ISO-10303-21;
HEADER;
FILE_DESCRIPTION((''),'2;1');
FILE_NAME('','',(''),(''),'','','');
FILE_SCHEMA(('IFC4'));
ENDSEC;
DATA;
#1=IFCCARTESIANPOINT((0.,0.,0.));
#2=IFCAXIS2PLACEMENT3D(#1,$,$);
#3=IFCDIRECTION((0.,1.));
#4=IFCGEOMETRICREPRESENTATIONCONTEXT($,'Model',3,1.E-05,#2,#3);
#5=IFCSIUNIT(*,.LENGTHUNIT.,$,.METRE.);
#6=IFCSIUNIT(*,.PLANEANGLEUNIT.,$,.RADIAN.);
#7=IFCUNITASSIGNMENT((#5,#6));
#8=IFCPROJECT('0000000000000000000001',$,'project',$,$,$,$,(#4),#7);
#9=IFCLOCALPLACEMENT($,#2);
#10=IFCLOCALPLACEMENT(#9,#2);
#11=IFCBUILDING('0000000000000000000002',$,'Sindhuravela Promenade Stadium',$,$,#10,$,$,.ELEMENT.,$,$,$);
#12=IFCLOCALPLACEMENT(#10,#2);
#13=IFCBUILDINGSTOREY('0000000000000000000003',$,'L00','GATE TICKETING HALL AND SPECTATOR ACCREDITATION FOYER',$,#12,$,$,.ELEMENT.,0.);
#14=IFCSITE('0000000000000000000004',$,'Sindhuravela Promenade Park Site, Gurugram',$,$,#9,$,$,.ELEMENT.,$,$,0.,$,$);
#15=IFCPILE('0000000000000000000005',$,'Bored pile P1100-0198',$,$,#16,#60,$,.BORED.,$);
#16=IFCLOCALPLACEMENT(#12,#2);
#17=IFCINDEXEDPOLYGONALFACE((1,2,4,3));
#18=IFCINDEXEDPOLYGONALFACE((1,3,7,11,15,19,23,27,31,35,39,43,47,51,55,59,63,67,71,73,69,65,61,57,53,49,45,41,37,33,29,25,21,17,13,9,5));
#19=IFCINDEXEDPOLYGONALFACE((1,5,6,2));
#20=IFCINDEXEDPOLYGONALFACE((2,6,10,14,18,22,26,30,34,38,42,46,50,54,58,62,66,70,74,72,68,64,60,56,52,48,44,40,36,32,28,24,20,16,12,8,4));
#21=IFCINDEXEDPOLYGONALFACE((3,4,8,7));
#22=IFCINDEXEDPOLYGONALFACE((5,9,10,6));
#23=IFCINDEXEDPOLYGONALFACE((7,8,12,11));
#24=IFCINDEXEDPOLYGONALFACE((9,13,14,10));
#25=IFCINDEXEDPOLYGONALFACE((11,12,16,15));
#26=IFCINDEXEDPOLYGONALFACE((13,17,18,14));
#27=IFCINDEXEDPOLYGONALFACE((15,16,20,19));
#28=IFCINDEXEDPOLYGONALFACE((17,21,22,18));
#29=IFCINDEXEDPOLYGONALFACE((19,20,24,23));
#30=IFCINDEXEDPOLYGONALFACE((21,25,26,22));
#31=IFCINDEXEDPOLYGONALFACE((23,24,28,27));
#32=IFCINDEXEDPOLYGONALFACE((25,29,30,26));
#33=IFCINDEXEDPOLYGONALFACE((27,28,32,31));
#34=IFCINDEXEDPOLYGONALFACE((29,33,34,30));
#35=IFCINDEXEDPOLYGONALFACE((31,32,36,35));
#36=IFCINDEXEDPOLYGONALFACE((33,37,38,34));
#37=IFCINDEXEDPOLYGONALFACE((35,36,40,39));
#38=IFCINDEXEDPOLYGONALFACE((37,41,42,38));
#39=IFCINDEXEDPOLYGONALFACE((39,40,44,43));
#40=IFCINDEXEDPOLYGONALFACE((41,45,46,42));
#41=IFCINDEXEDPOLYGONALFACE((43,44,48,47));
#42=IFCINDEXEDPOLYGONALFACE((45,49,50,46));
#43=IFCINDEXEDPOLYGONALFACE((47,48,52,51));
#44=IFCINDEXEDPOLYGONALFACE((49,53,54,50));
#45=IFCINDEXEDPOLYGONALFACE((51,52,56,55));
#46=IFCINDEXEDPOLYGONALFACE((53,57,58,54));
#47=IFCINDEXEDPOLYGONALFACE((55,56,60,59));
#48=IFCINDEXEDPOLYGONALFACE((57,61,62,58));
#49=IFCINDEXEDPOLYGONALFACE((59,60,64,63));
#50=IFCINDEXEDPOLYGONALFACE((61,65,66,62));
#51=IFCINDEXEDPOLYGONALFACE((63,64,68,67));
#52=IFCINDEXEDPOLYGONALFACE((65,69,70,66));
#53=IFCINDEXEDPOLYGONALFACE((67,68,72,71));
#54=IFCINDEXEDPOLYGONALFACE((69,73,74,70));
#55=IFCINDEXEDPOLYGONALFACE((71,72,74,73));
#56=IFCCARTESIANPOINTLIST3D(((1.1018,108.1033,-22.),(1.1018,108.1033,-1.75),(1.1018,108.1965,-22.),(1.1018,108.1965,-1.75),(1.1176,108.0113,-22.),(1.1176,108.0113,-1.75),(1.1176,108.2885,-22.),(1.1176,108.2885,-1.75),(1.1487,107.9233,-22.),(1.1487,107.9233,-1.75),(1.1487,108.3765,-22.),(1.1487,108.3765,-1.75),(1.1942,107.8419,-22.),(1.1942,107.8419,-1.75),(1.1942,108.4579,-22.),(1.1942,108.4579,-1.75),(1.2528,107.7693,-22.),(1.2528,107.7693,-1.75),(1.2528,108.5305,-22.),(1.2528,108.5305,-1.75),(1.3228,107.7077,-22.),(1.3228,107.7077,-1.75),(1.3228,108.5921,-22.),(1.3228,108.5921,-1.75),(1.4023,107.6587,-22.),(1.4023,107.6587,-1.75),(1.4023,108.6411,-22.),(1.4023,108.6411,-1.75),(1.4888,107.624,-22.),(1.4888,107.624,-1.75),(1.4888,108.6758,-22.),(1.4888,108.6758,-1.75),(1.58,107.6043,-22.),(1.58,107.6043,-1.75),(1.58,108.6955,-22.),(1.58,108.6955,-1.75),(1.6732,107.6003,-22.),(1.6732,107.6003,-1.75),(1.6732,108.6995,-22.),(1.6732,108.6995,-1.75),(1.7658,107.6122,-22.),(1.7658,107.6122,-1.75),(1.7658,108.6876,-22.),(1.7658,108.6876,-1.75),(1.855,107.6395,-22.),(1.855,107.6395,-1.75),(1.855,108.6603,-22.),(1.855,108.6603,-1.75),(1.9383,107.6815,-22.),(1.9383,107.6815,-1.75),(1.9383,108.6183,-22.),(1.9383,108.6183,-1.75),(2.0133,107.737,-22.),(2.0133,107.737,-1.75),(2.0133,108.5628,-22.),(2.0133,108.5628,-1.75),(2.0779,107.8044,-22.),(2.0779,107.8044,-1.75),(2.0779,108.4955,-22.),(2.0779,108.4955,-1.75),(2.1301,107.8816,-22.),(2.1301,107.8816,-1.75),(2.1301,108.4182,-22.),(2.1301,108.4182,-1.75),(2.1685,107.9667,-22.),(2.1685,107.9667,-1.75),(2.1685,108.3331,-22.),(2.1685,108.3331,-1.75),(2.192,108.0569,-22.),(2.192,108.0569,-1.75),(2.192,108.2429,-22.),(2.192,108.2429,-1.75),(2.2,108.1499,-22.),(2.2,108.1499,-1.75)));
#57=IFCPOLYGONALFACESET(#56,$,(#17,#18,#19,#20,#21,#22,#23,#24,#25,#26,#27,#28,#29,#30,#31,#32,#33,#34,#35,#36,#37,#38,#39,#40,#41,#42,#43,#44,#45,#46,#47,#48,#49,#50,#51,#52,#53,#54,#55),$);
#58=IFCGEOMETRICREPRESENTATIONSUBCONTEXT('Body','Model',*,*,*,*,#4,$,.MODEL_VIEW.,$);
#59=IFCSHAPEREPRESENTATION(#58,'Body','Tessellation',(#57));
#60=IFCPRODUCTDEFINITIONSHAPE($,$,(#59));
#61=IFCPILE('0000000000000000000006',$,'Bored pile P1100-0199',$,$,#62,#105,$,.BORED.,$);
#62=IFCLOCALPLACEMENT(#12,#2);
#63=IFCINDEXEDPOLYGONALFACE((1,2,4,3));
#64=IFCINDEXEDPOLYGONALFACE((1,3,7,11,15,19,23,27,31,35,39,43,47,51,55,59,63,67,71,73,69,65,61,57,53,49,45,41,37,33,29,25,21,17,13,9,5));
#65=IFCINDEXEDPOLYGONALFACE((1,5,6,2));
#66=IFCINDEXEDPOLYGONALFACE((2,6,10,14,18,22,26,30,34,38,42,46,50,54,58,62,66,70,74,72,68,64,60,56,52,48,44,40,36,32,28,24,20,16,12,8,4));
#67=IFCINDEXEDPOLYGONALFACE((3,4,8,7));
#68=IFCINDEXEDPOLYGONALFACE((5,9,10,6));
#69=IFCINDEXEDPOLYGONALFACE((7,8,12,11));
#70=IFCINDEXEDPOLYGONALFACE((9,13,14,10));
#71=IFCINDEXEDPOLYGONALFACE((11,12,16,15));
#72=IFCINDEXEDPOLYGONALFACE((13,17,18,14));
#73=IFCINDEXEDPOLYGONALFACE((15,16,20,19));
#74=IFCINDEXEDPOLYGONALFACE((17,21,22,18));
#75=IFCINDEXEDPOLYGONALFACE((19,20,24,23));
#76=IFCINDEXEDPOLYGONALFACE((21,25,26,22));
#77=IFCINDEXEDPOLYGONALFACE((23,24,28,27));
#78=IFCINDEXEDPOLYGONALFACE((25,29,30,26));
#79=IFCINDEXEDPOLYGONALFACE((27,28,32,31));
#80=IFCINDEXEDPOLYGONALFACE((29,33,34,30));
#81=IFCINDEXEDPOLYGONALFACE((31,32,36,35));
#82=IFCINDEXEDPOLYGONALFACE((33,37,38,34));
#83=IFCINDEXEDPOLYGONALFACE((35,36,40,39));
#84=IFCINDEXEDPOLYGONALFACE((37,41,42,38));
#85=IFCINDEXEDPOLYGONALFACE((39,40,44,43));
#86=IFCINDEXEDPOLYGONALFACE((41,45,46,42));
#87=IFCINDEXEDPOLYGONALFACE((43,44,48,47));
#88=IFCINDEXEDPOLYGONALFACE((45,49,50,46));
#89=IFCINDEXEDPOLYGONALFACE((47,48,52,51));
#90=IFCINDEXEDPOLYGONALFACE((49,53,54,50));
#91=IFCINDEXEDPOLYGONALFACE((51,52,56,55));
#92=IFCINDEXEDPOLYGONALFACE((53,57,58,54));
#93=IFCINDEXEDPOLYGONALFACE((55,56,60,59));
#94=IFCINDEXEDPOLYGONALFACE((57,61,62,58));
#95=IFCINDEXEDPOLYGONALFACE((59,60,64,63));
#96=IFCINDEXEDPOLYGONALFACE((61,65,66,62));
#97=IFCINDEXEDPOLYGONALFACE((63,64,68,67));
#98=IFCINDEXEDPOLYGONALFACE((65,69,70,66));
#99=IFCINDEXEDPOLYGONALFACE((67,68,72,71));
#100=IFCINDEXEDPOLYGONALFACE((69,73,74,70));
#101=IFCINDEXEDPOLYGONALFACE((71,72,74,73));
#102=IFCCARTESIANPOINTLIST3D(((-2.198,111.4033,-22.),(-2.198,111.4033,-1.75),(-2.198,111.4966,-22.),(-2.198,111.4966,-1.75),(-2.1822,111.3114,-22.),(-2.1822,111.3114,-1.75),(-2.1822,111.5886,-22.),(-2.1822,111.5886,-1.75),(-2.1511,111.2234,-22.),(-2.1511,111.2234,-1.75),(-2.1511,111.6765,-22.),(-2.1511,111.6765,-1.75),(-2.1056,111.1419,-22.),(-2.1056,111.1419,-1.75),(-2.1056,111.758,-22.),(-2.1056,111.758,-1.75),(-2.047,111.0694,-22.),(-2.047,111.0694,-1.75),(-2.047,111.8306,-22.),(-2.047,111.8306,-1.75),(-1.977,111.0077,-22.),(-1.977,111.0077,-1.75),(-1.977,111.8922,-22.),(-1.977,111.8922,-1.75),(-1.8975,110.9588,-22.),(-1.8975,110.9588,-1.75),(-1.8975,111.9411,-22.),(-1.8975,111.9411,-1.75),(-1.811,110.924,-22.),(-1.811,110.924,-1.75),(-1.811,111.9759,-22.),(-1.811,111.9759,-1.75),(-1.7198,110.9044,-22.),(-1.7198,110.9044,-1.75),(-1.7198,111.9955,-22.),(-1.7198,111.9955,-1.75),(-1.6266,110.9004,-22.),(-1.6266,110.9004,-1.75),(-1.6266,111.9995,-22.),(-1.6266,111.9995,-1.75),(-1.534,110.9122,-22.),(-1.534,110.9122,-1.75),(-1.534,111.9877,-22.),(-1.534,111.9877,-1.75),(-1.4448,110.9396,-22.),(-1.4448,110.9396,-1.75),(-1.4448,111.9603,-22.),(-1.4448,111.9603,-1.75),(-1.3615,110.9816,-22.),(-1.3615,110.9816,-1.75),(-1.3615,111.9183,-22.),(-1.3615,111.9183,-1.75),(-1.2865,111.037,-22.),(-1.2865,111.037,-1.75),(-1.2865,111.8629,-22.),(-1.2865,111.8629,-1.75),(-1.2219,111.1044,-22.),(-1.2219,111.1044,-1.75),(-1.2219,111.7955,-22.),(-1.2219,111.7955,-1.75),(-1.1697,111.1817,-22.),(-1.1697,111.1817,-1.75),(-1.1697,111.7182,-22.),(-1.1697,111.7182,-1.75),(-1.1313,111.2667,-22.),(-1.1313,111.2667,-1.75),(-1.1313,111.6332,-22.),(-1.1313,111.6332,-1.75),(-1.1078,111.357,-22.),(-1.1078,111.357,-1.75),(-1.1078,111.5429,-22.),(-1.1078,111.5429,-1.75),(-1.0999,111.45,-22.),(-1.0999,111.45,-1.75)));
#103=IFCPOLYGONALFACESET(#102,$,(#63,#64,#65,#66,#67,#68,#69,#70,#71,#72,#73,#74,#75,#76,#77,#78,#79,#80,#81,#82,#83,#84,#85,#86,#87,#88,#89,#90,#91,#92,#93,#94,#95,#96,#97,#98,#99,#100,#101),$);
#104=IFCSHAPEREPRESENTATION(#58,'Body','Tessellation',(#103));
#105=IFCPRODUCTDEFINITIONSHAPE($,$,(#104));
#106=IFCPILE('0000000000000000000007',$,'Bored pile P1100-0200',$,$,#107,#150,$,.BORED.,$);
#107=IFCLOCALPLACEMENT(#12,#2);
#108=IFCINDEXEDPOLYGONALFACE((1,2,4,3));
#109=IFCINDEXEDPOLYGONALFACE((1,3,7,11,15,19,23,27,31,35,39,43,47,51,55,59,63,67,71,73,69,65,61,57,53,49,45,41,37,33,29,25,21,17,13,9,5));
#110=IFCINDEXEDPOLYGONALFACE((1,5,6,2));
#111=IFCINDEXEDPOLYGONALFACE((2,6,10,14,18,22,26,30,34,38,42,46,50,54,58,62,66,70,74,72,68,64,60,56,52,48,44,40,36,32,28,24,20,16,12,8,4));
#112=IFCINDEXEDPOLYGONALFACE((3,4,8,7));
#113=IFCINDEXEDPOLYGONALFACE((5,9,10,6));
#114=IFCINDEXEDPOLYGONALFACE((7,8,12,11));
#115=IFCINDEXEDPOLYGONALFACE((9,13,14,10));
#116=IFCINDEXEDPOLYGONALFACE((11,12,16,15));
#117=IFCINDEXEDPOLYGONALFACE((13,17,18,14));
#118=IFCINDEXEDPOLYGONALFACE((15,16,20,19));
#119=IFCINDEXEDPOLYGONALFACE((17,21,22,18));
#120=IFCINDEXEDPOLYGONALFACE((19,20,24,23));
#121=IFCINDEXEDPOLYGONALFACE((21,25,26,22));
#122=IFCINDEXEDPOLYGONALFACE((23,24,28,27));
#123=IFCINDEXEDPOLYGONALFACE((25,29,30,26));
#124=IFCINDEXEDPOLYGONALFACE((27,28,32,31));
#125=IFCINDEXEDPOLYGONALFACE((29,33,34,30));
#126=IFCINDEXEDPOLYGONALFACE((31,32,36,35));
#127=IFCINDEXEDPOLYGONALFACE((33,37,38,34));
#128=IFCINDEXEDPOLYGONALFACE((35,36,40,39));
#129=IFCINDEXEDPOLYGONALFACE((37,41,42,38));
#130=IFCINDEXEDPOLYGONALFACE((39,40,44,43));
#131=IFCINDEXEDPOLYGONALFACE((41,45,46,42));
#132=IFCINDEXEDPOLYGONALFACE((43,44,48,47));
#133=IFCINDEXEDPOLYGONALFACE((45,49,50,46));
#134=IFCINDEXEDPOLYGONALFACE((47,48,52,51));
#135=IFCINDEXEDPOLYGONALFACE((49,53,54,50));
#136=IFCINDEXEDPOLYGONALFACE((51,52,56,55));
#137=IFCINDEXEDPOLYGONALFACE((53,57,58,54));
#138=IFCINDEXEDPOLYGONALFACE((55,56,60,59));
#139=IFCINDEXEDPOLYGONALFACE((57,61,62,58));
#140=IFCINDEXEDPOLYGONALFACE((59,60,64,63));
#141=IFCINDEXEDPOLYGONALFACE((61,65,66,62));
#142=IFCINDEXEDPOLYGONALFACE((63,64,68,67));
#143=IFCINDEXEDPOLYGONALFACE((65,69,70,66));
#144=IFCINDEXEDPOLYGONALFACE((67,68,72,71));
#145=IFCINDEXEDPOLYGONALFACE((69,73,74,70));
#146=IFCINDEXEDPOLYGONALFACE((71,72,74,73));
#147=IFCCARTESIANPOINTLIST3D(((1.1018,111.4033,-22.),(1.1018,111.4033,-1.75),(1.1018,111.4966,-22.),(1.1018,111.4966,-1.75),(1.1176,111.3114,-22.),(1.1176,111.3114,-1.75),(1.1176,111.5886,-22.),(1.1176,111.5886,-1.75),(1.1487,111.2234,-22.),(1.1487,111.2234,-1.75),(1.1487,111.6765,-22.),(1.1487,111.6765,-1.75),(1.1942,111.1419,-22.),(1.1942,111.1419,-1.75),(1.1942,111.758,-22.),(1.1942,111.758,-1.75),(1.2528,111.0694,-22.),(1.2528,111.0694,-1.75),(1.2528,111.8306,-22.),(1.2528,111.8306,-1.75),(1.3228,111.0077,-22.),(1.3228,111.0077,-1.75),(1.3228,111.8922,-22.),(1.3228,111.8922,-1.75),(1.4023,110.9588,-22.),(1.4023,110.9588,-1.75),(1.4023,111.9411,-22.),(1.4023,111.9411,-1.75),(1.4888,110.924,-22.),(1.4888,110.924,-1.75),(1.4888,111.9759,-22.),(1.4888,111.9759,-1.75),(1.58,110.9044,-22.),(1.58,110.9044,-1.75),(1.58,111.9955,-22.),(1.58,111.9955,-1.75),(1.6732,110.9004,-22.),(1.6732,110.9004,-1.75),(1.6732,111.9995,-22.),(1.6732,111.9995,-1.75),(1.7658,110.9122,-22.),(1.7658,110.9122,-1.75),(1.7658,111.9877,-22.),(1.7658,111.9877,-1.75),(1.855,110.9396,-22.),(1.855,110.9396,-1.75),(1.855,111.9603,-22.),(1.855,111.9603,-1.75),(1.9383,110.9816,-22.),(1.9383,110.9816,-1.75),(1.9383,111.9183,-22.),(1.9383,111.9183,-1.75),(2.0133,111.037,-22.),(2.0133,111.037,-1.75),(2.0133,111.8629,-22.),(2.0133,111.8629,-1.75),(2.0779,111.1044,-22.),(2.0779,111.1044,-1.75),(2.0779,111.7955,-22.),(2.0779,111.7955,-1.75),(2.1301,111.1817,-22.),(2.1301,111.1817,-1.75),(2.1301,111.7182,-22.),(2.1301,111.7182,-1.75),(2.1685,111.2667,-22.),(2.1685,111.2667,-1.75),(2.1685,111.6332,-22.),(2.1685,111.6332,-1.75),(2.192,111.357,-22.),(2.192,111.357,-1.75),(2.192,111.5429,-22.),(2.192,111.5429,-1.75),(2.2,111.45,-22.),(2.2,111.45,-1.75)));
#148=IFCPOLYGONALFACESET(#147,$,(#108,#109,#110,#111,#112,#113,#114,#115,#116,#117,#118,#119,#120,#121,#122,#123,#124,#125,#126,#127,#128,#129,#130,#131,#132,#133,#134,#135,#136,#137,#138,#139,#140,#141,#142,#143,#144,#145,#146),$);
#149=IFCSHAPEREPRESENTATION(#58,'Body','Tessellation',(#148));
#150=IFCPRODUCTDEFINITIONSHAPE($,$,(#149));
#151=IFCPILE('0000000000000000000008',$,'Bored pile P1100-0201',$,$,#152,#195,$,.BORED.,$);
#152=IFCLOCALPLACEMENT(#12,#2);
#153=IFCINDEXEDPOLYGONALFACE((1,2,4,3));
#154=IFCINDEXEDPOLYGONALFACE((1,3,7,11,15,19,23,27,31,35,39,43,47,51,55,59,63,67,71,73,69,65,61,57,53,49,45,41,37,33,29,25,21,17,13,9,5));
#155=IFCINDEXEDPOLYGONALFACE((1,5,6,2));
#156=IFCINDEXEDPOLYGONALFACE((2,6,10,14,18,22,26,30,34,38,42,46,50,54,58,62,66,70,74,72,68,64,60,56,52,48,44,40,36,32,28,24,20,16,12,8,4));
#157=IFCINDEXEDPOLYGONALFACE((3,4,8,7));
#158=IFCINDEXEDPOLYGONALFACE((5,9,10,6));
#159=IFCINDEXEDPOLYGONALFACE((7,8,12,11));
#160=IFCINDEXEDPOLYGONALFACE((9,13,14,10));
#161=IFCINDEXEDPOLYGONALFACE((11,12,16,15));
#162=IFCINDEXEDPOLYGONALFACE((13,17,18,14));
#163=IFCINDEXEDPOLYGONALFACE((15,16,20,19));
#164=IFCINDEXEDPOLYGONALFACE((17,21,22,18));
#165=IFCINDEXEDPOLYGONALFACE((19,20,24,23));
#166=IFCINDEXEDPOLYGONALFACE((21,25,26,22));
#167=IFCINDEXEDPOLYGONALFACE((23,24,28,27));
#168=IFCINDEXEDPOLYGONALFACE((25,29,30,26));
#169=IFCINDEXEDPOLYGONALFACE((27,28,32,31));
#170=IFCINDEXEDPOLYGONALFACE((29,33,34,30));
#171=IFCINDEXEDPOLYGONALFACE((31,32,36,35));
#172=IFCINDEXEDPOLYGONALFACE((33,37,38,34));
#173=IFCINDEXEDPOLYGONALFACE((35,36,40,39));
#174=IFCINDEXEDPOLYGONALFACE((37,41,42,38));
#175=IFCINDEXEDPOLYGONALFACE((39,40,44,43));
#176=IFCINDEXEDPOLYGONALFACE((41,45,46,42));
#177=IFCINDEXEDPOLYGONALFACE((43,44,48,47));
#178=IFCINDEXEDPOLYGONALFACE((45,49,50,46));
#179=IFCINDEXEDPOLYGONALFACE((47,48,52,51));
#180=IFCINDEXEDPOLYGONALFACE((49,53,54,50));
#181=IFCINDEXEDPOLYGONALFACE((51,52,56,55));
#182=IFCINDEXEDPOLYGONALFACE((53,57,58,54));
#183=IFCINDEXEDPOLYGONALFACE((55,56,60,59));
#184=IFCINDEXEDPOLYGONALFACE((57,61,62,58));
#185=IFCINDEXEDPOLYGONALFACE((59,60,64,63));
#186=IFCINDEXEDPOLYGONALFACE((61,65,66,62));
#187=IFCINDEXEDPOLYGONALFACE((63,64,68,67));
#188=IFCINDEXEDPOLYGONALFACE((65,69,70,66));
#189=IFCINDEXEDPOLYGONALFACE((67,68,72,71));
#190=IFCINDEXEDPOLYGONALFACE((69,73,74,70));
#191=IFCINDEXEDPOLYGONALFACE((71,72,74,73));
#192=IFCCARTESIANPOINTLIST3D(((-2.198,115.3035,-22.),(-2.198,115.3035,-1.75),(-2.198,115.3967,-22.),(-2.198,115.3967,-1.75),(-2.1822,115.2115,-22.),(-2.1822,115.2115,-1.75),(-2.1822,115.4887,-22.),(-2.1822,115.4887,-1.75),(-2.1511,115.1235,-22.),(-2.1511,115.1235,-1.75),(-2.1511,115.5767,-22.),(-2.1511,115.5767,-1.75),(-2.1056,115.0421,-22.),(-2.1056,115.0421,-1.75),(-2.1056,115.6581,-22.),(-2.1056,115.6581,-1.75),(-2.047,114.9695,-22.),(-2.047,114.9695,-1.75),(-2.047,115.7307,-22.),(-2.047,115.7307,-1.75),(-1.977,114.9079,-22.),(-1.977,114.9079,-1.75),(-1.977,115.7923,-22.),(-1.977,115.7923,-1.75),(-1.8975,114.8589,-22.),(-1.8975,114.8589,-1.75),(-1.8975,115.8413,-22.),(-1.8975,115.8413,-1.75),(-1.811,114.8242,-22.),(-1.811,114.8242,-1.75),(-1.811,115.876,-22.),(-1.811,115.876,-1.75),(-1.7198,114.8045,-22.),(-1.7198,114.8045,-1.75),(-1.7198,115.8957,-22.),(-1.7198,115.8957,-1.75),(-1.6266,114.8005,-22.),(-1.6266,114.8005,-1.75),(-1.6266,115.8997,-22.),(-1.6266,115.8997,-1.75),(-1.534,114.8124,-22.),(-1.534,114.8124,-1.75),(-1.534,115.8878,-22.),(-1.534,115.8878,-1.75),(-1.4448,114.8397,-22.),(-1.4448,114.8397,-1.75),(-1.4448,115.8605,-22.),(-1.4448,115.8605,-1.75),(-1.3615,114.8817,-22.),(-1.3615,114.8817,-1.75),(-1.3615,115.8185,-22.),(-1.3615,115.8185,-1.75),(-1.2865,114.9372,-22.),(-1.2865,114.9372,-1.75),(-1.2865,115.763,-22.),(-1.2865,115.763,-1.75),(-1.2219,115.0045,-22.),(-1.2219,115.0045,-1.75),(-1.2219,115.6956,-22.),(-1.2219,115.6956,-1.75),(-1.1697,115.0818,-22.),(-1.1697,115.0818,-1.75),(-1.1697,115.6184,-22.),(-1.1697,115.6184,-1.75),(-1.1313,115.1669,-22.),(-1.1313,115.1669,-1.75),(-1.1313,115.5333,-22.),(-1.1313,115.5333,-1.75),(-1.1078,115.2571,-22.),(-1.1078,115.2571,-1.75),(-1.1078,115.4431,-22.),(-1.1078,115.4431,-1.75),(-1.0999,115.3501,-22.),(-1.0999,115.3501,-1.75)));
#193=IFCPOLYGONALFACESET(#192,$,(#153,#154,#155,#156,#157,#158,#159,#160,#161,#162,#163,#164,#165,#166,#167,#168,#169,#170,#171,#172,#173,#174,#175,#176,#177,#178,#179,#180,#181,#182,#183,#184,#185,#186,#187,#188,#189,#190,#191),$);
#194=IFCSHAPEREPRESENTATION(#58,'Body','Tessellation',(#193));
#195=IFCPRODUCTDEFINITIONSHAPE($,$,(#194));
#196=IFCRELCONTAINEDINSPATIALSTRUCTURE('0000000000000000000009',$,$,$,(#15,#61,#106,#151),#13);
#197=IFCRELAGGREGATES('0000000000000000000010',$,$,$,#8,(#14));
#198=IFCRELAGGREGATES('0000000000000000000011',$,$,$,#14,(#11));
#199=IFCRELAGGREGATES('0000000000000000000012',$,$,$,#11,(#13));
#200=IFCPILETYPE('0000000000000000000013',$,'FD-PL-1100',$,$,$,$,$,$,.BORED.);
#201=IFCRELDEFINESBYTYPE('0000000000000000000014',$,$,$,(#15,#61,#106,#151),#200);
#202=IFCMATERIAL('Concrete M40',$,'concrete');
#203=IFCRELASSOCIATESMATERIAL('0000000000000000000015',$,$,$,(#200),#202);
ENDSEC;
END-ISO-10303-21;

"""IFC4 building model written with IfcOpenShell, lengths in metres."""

from ifc_helpers import new_model, si_unit, direction, frame, origin, origin_2d, place, context, subcontext, project, spatial, circle, extrude, material, material_profile, profile_set, type_object, element, save


model = new_model("IFC4")

# Units and contexts
model_context = context("Model", 3, precision=1e-05, world=origin(), true_north=direction((0.0, 1.0)))
body_context = subcontext(model_context, "Body", "Model", "MODEL_VIEW")
ifc_project = project(units=[si_unit("LENGTHUNIT", "METRE"), si_unit("PLANEANGLEUNIT", "RADIAN")], contexts=[model_context])

# Site, building, storey
site_placement = place(None, origin())
site = spatial("IfcSite", under=ifc_project, at=site_placement, Name="Sindhuravela Promenade Park Site, Gurugram", CompositionType="ELEMENT", RefElevation=0.0)
building_placement = place(site_placement, origin())
building = spatial("IfcBuilding", under=site, at=building_placement, Name="Sindhuravela Promenade Stadium", CompositionType="ELEMENT")
storey_placement = place(building_placement, origin())
storey = spatial("IfcBuildingStorey", under=building, at=storey_placement, Name="L00", Description="GATE TICKETING HALL AND SPECTATOR ACCREDITATION FOYER", CompositionType="ELEMENT", Elevation=0.0)

# Piles
ifc_material_1 = material(Name="Concrete M40", Category="concrete")
ifc_material_profile_1 = material_profile(ifc_material_1, circle(Radius=0.55, at=origin_2d()), Name="BORED PILE D1100")
ifc_profile_set_1 = profile_set([ifc_material_profile_1], Name="Concrete M40")
pile_type_1 = type_object("IfcPileType", Name="FD-PL-1100", PredefinedType="BORED", material=ifc_profile_set_1)
for number, where, z_axis, x_axis, name in (
    (1, (1.6499, 108.1499, -1.75), (0.0, 0.0, -1.0), (1.0, 0.0, 0.0), "Bored pile P1100-0198"),
    (2, (-1.6499, 111.45, -1.75), (0.0, 0.0, -1.0), (1.0, 0.0, 0.0), "Bored pile P1100-0199"),
    (3, (1.6499, 111.45, -1.75), (0.0, 0.0, -1.0), (1.0, 0.0, 0.0), "Bored pile P1100-0200"),
    (4, (-1.6499, 115.3501, -1.75), (0.0, 0.0, -1.0), (1.0, 0.0, 0.0), "Bored pile P1100-0201"),
):
    element("IfcPile", number, at=place(storey_placement, frame(where, z_axis=z_axis, x_axis=x_axis)), inside=storey, type_object=pile_type_1, Name=name, PredefinedType="BORED", context=body_context, shape_type="SweptSolid", body=[
        extrude(circle(Radius=0.55, at=origin_2d()), origin(), (0.0, 0.0, 1.0), 20.25),
    ])

save(model, "model.ifc")
